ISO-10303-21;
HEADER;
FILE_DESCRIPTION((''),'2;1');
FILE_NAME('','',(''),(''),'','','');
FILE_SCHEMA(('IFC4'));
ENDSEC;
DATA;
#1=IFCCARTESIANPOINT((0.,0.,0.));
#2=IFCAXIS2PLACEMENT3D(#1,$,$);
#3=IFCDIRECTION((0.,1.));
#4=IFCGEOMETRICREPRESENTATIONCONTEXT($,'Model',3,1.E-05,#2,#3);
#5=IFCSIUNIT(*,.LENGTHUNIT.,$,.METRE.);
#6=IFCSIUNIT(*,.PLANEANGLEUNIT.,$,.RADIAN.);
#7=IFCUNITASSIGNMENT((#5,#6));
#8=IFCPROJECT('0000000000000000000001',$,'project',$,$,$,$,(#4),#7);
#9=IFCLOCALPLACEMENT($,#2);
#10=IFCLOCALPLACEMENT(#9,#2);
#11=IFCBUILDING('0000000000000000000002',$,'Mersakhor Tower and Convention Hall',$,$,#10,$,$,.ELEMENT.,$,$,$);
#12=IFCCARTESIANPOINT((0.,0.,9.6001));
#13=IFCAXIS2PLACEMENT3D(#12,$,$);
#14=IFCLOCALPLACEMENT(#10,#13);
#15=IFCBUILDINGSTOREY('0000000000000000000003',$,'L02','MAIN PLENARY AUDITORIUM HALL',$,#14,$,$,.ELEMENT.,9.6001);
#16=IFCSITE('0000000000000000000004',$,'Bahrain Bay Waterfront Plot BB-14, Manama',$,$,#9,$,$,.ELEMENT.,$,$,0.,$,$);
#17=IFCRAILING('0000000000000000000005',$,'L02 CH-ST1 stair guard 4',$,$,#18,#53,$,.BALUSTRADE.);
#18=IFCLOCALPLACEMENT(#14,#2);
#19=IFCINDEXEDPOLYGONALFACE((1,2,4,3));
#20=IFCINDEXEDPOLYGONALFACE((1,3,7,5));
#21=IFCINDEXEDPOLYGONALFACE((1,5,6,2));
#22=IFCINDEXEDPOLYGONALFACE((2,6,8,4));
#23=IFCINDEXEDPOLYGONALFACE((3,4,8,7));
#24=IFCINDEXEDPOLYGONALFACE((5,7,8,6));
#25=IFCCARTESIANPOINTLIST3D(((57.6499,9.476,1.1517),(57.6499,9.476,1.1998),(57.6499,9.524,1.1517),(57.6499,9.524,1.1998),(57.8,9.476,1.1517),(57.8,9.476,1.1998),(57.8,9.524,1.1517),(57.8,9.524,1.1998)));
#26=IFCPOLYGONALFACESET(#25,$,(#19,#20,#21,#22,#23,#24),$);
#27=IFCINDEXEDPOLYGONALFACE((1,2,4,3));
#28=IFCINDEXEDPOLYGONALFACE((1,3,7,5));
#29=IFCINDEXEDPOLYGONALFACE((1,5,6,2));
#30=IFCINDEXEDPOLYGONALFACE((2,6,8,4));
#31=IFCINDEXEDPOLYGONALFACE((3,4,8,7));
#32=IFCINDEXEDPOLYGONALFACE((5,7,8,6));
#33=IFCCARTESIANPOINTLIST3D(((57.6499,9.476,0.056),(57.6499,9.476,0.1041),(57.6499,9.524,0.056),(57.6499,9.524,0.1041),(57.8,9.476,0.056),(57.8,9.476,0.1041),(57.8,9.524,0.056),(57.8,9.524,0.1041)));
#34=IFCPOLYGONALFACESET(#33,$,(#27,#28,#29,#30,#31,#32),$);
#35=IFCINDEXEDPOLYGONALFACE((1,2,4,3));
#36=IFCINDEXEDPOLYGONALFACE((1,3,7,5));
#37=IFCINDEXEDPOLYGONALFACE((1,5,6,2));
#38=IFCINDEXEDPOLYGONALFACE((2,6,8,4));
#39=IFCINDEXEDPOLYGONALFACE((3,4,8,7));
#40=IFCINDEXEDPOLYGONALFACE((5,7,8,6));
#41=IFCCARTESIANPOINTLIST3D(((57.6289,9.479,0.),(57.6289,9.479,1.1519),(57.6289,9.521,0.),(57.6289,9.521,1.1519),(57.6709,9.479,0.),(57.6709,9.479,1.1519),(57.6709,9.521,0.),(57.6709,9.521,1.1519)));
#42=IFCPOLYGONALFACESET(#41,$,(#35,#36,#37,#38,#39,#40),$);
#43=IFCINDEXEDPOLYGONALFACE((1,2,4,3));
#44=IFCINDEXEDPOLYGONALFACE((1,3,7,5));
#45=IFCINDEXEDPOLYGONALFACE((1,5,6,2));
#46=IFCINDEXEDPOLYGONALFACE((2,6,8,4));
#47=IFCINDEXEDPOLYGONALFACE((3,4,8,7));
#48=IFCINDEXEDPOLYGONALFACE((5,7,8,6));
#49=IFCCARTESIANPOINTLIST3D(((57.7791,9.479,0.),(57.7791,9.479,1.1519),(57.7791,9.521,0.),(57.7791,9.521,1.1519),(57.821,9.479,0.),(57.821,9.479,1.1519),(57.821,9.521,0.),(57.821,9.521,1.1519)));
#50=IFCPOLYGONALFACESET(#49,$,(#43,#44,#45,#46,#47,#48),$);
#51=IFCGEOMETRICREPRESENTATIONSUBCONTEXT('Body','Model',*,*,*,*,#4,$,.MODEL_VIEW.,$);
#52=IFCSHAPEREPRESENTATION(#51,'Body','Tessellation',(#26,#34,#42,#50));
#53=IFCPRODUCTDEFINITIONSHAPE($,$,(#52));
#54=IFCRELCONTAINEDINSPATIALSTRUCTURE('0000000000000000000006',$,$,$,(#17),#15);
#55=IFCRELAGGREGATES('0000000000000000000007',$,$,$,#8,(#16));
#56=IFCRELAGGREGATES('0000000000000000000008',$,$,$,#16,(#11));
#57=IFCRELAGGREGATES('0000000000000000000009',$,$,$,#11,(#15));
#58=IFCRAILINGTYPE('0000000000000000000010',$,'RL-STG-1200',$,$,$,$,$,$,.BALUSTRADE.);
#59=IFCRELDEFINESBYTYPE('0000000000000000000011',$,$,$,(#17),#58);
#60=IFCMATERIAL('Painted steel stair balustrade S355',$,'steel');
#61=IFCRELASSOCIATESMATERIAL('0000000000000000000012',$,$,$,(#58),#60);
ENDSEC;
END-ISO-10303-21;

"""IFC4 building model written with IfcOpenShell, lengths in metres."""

from ifc_helpers import new_model, si_unit, direction, frame, origin, origin_2d, place, context, subcontext, project, spatial, rectangle, extrude, material, type_object, element, save


model = new_model("IFC4")

# Units and contexts
model_context = context("Model", 3, precision=1e-05, world=origin(), true_north=direction((0.0, 1.0)))
body_context = subcontext(model_context, "Body", "Model", "MODEL_VIEW")
ifc_project = project(units=[si_unit("LENGTHUNIT", "METRE"), si_unit("PLANEANGLEUNIT", "RADIAN")], contexts=[model_context])

# Site, building, storey
site_placement = place(None, origin())
site = spatial("IfcSite", under=ifc_project, at=site_placement, Name="Bahrain Bay Waterfront Plot BB-14, Manama", CompositionType="ELEMENT", RefElevation=0.0)
building_placement = place(site_placement, origin())
building = spatial("IfcBuilding", under=site, at=building_placement, Name="Mersakhor Tower and Convention Hall", CompositionType="ELEMENT")
storey_placement = place(building_placement, frame((0.0, 0.0, 9.6001)))
storey = spatial("IfcBuildingStorey", under=building, at=storey_placement, Name="L02", Description="MAIN PLENARY AUDITORIUM HALL", CompositionType="ELEMENT", Elevation=9.6001)

# Railing
ifc_material_1 = material(Name="Painted steel stair balustrade S355", Category="steel")
railing_type_1 = type_object("IfcRailingType", Name="RL-STG-1200", PredefinedType="BALUSTRADE", material=ifc_material_1)
railing_1_placement = place(storey_placement, frame((57.6499, 9.5, 0.0)))
element("IfcRailing", 1, at=railing_1_placement, inside=storey, type_object=railing_type_1, Name="L02 CH-ST1 stair guard 4", PredefinedType="BALUSTRADE", context=body_context, shape_type="SweptSolid", body=[
    extrude(rectangle(XDim=0.0481, YDim=0.0481, at=origin_2d()), frame((0.0, 0.0, 1.1758), z_axis=(1.0, 0.0, 0.0), x_axis=(0.0, 1.0, 0.0)), (0.0, 0.0, 1.0), 0.1501),
    extrude(rectangle(XDim=0.0481, YDim=0.0481, at=origin_2d()), frame((0.0, 0.0, 0.0801), z_axis=(1.0, 0.0, 0.0), x_axis=(0.0, 1.0, 0.0)), (0.0, 0.0, 1.0), 0.1501),
    extrude(rectangle(XDim=0.042, YDim=0.042, at=origin_2d()), origin(), (0.0, 0.0, 1.0), 1.1519),
    extrude(rectangle(XDim=0.042, YDim=0.042, at=origin_2d()), frame((0.1501, 0.0, 0.0)), (0.0, 0.0, 1.0), 1.1519),
])

save(model, "model.ifc")
